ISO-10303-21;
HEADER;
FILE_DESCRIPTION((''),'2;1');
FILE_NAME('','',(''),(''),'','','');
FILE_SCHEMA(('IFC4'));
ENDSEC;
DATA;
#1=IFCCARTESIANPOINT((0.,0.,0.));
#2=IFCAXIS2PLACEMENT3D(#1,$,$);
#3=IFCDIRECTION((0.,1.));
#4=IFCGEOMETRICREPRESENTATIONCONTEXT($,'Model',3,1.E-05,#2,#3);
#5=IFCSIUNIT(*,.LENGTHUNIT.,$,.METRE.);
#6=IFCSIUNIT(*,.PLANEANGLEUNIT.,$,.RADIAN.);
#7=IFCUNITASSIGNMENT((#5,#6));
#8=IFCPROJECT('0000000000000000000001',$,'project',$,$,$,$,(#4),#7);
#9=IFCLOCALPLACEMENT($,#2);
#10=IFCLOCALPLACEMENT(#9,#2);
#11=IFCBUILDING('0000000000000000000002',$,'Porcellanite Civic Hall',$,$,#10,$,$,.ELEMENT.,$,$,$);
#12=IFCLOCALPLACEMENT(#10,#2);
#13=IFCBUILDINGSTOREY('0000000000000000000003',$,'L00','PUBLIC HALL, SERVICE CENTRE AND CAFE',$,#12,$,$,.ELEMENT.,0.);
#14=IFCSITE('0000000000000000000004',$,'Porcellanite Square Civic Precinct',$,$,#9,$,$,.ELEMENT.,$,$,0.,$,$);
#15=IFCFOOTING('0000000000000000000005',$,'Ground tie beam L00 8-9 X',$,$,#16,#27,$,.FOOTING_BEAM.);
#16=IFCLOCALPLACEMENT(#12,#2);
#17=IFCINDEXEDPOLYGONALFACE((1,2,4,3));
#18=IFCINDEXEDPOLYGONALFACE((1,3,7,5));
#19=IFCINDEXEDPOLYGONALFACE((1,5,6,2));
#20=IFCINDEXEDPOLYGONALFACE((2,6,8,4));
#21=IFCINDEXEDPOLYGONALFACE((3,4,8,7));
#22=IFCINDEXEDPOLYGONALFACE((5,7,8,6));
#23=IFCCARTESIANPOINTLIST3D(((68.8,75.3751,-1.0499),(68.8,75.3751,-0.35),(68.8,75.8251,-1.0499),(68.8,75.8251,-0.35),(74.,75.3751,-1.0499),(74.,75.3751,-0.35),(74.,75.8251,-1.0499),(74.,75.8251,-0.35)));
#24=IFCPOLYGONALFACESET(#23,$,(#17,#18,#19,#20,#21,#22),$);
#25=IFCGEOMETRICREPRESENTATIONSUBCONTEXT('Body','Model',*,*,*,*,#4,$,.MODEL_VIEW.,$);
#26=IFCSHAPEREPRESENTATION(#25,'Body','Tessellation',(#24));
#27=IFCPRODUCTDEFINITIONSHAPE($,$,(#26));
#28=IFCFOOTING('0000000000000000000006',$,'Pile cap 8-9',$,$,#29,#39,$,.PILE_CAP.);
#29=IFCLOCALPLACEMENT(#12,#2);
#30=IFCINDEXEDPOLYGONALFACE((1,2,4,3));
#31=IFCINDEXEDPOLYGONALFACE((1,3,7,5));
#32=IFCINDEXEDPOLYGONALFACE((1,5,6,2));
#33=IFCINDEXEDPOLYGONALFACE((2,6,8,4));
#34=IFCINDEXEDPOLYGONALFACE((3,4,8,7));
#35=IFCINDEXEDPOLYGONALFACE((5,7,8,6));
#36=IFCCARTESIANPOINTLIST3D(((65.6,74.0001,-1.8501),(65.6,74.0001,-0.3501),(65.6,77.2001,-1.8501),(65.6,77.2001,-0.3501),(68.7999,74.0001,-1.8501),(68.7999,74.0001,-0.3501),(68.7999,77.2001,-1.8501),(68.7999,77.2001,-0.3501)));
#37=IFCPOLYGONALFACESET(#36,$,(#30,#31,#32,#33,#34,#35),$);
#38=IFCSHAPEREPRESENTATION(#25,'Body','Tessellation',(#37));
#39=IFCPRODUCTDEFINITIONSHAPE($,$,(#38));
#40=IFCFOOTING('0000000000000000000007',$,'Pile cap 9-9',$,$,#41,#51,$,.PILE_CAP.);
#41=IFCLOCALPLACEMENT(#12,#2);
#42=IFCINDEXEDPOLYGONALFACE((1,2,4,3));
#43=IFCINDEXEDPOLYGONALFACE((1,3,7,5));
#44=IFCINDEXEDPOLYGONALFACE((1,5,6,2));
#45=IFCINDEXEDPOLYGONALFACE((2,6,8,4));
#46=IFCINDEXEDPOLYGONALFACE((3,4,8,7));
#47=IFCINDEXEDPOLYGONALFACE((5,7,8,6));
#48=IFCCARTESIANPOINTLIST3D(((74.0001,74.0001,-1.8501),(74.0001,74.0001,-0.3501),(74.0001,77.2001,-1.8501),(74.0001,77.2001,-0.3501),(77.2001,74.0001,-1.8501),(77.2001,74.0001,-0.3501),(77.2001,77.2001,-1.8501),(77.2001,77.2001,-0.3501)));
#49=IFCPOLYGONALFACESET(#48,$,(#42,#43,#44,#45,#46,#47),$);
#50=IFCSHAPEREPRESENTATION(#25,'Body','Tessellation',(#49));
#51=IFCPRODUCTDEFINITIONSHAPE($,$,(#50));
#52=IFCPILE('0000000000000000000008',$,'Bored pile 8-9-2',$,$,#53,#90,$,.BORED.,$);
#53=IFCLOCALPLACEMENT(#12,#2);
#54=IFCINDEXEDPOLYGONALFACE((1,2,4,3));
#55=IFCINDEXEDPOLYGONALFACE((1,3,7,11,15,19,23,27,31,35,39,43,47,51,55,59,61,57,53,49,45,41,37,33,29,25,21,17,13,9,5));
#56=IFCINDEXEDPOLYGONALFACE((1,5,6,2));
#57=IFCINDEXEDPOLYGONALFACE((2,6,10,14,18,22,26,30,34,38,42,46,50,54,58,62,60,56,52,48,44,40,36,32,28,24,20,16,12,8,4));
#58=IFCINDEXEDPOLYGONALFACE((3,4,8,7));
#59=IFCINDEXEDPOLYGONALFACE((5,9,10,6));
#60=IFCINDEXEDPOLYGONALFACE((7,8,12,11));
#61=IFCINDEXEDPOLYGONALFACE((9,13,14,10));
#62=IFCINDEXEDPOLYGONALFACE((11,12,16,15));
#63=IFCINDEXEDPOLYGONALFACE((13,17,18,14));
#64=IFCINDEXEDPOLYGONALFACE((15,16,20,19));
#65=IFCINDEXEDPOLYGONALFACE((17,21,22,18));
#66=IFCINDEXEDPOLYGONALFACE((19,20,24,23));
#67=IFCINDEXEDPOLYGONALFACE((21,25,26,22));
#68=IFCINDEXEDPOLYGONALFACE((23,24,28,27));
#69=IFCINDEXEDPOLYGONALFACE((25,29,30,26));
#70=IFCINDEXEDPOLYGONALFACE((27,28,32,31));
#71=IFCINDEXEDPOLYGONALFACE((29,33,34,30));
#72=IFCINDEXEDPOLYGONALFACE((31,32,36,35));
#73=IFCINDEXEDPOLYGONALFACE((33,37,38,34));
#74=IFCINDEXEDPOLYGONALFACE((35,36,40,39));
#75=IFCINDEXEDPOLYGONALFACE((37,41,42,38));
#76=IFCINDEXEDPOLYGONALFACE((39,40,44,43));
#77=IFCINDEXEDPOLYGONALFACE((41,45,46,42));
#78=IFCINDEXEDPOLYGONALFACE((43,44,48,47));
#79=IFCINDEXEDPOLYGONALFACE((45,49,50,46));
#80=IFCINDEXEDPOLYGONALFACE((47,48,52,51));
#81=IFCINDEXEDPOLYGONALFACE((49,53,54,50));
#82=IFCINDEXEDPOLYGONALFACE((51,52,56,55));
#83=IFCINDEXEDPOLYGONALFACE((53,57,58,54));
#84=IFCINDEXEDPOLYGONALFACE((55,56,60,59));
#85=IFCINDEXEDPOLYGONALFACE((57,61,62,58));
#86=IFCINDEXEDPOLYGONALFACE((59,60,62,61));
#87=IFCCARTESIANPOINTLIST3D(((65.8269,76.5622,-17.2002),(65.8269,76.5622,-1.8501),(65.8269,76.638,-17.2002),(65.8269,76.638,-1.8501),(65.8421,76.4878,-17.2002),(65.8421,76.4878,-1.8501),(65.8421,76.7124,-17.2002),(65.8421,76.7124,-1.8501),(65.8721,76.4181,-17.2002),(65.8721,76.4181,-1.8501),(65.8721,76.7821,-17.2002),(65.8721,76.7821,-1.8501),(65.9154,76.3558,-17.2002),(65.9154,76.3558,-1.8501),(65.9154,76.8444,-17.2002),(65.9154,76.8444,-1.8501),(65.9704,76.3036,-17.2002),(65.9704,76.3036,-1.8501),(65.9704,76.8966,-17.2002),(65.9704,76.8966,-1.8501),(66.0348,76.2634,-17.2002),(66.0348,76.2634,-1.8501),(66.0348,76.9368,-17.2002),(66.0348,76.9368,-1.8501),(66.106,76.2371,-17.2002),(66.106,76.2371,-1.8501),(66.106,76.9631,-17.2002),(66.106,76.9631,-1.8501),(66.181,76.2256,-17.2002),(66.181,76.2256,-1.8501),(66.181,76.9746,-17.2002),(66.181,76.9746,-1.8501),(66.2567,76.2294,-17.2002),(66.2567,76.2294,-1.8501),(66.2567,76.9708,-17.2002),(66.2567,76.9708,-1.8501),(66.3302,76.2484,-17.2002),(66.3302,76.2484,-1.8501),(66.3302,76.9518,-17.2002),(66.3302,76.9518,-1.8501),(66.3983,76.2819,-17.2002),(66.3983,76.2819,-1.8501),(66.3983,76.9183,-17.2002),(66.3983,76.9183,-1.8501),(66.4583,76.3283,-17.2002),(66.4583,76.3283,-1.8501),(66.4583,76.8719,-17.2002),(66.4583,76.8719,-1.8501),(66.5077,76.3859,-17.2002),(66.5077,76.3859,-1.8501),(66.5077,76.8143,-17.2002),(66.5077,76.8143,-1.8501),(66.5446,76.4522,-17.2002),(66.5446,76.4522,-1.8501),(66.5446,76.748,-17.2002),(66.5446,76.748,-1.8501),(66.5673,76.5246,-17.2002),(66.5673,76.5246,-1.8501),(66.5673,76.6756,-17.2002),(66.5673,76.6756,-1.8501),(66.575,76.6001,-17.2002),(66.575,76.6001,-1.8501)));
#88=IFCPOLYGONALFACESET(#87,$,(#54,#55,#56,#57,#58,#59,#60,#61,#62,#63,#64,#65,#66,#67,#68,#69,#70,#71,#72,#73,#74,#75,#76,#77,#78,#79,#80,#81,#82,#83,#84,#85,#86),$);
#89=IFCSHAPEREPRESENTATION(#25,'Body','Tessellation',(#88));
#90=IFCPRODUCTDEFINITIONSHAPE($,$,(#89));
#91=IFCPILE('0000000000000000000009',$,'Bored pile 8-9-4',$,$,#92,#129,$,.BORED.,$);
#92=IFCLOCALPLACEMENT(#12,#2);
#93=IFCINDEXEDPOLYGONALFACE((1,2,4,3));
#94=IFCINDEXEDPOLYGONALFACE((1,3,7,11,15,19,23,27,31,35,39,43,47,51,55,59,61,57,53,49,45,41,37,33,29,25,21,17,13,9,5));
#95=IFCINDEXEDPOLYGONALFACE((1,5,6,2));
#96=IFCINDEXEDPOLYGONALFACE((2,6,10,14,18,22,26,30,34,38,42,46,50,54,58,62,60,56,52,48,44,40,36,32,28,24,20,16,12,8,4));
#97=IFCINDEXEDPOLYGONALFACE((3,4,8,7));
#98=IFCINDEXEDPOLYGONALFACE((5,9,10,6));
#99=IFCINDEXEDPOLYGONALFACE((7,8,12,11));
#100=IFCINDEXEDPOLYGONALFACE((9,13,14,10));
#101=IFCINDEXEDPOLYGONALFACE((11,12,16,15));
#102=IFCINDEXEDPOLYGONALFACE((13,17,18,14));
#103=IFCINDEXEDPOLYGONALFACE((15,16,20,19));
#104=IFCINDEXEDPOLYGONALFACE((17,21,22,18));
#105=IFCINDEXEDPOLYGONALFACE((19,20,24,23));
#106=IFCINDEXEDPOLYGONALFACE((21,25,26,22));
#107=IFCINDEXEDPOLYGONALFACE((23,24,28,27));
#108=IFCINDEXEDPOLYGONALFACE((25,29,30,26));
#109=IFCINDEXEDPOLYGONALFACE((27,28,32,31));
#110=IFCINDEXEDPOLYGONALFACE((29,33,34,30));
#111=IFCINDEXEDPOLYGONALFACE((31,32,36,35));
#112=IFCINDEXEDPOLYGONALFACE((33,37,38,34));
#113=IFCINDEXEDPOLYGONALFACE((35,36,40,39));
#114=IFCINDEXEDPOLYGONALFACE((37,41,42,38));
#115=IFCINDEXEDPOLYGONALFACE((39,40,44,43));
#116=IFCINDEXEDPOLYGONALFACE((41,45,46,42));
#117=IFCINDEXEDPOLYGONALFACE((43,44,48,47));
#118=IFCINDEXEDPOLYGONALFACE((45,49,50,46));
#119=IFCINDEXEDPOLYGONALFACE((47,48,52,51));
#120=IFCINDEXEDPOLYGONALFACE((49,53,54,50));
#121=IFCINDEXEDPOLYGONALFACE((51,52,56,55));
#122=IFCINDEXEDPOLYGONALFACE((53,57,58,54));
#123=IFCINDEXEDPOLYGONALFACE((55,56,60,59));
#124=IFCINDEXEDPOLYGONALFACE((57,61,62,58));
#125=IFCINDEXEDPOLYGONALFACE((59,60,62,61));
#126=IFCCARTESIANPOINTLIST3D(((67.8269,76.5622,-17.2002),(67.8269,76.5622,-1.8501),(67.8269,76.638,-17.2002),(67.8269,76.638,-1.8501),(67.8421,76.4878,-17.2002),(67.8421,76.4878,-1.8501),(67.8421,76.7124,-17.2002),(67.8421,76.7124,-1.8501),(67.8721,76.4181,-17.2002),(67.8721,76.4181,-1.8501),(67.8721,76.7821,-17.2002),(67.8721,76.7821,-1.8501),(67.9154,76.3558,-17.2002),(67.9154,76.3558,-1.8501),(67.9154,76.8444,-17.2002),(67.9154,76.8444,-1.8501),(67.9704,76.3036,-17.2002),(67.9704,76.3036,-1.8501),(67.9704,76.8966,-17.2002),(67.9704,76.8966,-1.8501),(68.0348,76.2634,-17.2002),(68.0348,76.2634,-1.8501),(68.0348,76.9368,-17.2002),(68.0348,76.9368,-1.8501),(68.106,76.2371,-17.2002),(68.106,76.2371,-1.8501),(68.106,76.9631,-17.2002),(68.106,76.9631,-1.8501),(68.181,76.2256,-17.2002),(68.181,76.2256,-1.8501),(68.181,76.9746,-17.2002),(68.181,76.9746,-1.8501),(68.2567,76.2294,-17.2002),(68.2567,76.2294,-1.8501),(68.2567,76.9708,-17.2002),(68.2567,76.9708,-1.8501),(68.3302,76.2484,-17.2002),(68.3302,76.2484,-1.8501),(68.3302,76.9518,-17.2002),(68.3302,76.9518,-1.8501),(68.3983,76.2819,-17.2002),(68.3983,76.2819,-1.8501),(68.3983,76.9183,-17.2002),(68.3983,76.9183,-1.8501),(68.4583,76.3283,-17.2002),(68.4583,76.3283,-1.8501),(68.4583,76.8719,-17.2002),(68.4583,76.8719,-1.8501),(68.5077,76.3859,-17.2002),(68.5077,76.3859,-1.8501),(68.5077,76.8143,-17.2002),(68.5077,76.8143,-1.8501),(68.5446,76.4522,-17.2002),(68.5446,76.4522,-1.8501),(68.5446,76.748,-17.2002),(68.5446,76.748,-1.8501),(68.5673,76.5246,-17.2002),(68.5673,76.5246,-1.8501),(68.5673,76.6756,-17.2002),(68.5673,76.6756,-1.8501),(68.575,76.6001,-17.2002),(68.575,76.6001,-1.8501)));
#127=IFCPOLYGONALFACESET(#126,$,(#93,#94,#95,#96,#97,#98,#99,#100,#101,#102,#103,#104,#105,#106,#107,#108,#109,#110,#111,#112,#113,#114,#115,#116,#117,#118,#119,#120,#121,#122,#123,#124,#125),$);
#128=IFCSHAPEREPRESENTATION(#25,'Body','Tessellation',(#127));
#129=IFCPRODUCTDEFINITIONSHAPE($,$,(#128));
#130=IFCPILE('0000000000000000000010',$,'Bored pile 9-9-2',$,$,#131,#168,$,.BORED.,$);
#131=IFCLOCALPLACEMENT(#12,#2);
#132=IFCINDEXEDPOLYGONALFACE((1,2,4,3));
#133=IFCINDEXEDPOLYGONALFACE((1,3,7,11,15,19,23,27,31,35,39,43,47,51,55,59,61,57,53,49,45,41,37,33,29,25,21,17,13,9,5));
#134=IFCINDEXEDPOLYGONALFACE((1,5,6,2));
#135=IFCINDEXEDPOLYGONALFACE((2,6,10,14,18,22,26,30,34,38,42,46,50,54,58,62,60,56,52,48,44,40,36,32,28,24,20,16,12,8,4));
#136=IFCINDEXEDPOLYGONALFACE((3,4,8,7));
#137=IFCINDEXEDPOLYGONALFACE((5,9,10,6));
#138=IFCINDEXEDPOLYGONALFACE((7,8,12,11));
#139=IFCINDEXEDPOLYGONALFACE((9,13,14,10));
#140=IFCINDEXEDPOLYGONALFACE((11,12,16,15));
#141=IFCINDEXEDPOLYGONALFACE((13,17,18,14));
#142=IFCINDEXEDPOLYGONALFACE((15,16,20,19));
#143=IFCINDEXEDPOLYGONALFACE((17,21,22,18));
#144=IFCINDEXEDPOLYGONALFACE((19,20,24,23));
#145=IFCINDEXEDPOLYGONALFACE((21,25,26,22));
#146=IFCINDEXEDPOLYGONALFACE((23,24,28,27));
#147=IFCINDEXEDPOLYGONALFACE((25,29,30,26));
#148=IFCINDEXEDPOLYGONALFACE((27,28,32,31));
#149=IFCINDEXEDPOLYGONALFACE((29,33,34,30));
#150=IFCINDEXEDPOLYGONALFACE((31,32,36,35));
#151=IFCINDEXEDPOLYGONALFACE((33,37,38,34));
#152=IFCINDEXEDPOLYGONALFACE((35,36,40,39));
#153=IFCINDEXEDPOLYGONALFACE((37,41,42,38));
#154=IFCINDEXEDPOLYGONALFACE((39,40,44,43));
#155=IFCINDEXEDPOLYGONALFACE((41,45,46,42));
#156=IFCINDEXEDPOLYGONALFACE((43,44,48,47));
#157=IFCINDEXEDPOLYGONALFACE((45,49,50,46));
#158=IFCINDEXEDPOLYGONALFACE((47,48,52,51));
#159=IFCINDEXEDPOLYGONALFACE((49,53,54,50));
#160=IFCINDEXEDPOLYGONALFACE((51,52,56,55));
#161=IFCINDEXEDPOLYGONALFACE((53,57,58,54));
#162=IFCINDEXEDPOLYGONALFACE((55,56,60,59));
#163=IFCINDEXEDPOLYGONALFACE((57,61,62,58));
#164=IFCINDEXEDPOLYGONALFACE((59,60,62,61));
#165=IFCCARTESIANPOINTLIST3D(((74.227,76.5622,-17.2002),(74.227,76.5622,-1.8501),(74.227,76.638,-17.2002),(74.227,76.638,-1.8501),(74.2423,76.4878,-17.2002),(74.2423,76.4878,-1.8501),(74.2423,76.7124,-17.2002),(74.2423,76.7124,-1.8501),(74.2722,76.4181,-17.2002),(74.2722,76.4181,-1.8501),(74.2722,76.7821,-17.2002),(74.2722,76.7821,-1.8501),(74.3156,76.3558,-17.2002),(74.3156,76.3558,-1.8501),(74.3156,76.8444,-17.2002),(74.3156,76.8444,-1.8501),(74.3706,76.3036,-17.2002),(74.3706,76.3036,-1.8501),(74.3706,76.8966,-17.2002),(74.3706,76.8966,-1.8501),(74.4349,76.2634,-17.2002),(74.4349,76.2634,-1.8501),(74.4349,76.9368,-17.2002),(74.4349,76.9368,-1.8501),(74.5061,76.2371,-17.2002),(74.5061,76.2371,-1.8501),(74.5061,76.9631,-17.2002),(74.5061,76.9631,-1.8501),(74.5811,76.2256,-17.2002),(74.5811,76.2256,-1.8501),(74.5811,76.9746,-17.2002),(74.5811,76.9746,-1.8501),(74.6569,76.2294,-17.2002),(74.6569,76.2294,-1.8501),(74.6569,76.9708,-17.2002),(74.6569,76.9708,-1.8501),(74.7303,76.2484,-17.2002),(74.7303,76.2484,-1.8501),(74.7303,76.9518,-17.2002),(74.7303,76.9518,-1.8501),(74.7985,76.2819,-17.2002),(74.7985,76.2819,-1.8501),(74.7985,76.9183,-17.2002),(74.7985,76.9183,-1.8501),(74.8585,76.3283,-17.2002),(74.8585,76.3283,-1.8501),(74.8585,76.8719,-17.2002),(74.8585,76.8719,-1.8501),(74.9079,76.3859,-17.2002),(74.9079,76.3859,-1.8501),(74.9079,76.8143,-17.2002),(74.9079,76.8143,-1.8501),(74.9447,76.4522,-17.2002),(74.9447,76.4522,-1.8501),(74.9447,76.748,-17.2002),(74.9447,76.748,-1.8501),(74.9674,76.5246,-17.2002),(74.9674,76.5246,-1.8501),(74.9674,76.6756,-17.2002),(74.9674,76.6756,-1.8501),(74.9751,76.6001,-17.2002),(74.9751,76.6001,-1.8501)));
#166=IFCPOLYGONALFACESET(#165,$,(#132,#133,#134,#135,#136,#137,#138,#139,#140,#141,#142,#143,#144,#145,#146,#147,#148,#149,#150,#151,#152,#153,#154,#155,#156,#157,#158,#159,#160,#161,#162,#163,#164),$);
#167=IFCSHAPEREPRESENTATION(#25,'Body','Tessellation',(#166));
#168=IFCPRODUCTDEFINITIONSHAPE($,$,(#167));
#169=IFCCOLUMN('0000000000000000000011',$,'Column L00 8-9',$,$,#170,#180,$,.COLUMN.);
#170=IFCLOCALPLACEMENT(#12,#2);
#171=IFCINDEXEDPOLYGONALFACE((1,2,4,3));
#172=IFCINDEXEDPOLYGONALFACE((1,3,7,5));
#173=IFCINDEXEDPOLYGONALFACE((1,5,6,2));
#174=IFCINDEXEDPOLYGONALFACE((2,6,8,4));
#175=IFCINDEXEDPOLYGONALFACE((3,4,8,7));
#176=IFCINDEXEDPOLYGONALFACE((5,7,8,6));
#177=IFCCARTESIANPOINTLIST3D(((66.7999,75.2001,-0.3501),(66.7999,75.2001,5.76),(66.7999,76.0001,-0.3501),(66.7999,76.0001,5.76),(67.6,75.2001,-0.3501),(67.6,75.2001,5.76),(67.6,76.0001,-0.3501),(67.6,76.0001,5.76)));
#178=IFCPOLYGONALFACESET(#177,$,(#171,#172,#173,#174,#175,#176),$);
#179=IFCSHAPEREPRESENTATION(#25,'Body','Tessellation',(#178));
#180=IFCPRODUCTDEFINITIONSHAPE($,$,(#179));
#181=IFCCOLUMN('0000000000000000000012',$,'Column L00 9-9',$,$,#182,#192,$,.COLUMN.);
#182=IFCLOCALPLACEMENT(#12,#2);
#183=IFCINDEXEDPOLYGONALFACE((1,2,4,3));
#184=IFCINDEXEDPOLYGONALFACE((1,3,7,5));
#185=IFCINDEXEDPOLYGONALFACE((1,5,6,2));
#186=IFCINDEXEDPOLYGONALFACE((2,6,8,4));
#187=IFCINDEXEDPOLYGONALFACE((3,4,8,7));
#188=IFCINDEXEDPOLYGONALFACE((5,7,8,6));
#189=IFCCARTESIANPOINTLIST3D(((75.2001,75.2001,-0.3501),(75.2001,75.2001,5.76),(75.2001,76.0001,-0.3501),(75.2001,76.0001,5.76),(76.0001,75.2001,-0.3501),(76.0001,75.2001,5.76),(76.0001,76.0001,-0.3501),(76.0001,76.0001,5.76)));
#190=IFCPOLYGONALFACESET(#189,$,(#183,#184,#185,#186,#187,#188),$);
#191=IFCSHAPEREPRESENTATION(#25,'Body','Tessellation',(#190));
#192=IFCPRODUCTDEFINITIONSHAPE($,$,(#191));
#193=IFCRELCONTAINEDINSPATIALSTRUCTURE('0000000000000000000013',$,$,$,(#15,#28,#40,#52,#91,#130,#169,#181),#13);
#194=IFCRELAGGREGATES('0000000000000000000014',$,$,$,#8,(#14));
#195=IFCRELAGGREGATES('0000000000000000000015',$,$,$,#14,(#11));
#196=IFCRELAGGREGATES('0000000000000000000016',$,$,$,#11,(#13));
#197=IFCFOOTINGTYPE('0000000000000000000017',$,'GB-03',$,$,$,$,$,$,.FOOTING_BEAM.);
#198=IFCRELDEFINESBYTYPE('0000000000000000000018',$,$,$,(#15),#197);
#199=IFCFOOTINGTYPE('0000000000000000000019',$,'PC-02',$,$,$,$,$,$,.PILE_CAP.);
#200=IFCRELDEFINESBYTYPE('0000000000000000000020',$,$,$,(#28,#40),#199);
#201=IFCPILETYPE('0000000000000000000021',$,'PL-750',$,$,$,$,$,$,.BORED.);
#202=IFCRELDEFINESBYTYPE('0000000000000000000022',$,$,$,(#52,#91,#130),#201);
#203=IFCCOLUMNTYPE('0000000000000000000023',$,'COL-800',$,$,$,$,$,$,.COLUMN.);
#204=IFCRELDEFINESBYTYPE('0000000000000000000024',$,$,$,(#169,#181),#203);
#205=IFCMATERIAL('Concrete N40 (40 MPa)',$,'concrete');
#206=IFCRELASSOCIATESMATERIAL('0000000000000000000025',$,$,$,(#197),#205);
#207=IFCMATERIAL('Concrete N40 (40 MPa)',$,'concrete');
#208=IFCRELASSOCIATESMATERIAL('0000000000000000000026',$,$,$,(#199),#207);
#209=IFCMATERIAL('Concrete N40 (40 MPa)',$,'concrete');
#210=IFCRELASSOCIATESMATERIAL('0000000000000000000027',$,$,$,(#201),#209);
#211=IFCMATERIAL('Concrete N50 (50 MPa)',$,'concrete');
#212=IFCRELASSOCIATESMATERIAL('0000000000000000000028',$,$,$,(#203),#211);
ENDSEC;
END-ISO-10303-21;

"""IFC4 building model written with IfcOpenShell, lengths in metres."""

from ifc_helpers import new_model, si_unit, direction, frame, origin, origin_2d, place, context, subcontext, project, spatial, rectangle, circle, extrude, material, material_profile, profile_set, type_object, element, save


model = new_model("IFC4")

# Units and contexts
model_context = context("Model", 3, precision=1e-05, world=origin(), true_north=direction((0.0, 1.0)))
body_context = subcontext(model_context, "Body", "Model", "MODEL_VIEW")
ifc_project = project(units=[si_unit("LENGTHUNIT", "METRE"), si_unit("PLANEANGLEUNIT", "RADIAN")], contexts=[model_context])

# Site, building, storey
site_placement = place(None, origin())
site = spatial("IfcSite", under=ifc_project, at=site_placement, Name="Porcellanite Square Civic Precinct", CompositionType="ELEMENT", RefElevation=0.0)
building_placement = place(site_placement, origin())
building = spatial("IfcBuilding", under=site, at=building_placement, Name="Porcellanite Civic Hall", CompositionType="ELEMENT")
storey_placement = place(building_placement, origin())
storey = spatial("IfcBuildingStorey", under=building, at=storey_placement, Name="L00", Description="PUBLIC HALL, SERVICE CENTRE AND CAFE", CompositionType="ELEMENT", Elevation=0.0)

# Footings
ifc_material_1 = material(Name="Concrete N40 (40 MPa)", Category="concrete")
ifc_material_profile_1 = material_profile(ifc_material_1, rectangle(XDim=0.45, YDim=0.7, at=origin_2d()), Name="RC-450x700")
ifc_profile_set_1 = profile_set([ifc_material_profile_1], Name="Concrete N40 (40 MPa)")
footing_type_1 = type_object("IfcFootingType", Name="GB-03", PredefinedType="FOOTING_BEAM", material=ifc_profile_set_1)
footing_placement = place(storey_placement, frame((68.8, 75.6001, -0.7), z_axis=(1.0, 0.0, 0.0), x_axis=(0.0, 1.0, 0.0)))
element("IfcFooting", 1, at=footing_placement, inside=storey, type_object=footing_type_1, Name="Ground tie beam L00 8-9 X", PredefinedType="FOOTING_BEAM", context=body_context, shape_type="SweptSolid", body=[
    extrude(rectangle(XDim=0.45, YDim=0.7, at=origin_2d()), origin(), (0.0, 0.0, 1.0), 5.2),
])
ifc_material_2 = material(Name="Concrete N40 (40 MPa)", Category="concrete")
footing_type_2 = type_object("IfcFootingType", Name="PC-02", PredefinedType="PILE_CAP", material=ifc_material_2)
for number, where, z_axis, x_axis, name in (
    (2, (67.2, 75.6001, -1.8501), (0.0, 0.0, 1.0), (1.0, 0.0, 0.0), "Pile cap 8-9"),
    (3, (75.6001, 75.6001, -1.8501), (0.0, 0.0, 1.0), (1.0, 0.0, 0.0), "Pile cap 9-9"),
):
    element("IfcFooting", number, at=place(storey_placement, frame(where, z_axis=z_axis, x_axis=x_axis)), inside=storey, type_object=footing_type_2, Name=name, PredefinedType="PILE_CAP", context=body_context, shape_type="SweptSolid", body=[
        extrude(rectangle(XDim=3.2, YDim=3.2, at=origin_2d()), origin(), (0.0, 0.0, 1.0), 1.5),
    ])

# Piles
ifc_material_3 = material(Name="Concrete N40 (40 MPa)", Category="concrete")
ifc_material_profile_2 = material_profile(ifc_material_3, circle(Radius=0.375, at=origin_2d()), Name="PILE-D750")
ifc_profile_set_2 = profile_set([ifc_material_profile_2], Name="Concrete N40 (40 MPa)")
pile_type = type_object("IfcPileType", Name="PL-750", PredefinedType="BORED", material=ifc_profile_set_2)
for number, where, z_axis, x_axis, name in (
    (4, (66.2, 76.6001, -1.8501), (0.0, 0.0, -1.0), (1.0, 0.0, 0.0), "Bored pile 8-9-2"),
    (5, (68.2, 76.6001, -1.8501), (0.0, 0.0, -1.0), (1.0, 0.0, 0.0), "Bored pile 8-9-4"),
    (6, (74.6001, 76.6001, -1.8501), (0.0, 0.0, -1.0), (1.0, 0.0, 0.0), "Bored pile 9-9-2"),
):
    element("IfcPile", number, at=place(storey_placement, frame(where, z_axis=z_axis, x_axis=x_axis)), inside=storey, type_object=pile_type, Name=name, PredefinedType="BORED", context=body_context, shape_type="SweptSolid", body=[
        extrude(circle(Radius=0.375, at=origin_2d()), origin(), (0.0, 0.0, 1.0), 15.3501),
    ])

# Columns
ifc_material_4 = material(Name="Concrete N50 (50 MPa)", Category="concrete")
ifc_material_profile_3 = material_profile(ifc_material_4, rectangle(XDim=0.8, YDim=0.8, at=origin_2d()), Name="RC-800x800")
ifc_profile_set_3 = profile_set([ifc_material_profile_3], Name="Concrete N50 (50 MPa)")
column_type_1 = type_object("IfcColumnType", Name="COL-800", PredefinedType="COLUMN", material=ifc_profile_set_3)
for number, where, z_axis, x_axis, name in (
    (7, (67.2, 75.6001, -0.3501), (0.0, 0.0, 1.0), (1.0, 0.0, 0.0), "Column L00 8-9"),
    (8, (75.6001, 75.6001, -0.3501), (0.0, 0.0, 1.0), (1.0, 0.0, 0.0), "Column L00 9-9"),
):
    element("IfcColumn", number, at=place(storey_placement, frame(where, z_axis=z_axis, x_axis=x_axis)), inside=storey, type_object=column_type_1, Name=name, PredefinedType="COLUMN", context=body_context, shape_type="SweptSolid", body=[
        extrude(rectangle(XDim=0.8, YDim=0.8, at=origin_2d()), origin(), (0.0, 0.0, 1.0), 6.1101),
    ])

save(model, "model.ifc")
